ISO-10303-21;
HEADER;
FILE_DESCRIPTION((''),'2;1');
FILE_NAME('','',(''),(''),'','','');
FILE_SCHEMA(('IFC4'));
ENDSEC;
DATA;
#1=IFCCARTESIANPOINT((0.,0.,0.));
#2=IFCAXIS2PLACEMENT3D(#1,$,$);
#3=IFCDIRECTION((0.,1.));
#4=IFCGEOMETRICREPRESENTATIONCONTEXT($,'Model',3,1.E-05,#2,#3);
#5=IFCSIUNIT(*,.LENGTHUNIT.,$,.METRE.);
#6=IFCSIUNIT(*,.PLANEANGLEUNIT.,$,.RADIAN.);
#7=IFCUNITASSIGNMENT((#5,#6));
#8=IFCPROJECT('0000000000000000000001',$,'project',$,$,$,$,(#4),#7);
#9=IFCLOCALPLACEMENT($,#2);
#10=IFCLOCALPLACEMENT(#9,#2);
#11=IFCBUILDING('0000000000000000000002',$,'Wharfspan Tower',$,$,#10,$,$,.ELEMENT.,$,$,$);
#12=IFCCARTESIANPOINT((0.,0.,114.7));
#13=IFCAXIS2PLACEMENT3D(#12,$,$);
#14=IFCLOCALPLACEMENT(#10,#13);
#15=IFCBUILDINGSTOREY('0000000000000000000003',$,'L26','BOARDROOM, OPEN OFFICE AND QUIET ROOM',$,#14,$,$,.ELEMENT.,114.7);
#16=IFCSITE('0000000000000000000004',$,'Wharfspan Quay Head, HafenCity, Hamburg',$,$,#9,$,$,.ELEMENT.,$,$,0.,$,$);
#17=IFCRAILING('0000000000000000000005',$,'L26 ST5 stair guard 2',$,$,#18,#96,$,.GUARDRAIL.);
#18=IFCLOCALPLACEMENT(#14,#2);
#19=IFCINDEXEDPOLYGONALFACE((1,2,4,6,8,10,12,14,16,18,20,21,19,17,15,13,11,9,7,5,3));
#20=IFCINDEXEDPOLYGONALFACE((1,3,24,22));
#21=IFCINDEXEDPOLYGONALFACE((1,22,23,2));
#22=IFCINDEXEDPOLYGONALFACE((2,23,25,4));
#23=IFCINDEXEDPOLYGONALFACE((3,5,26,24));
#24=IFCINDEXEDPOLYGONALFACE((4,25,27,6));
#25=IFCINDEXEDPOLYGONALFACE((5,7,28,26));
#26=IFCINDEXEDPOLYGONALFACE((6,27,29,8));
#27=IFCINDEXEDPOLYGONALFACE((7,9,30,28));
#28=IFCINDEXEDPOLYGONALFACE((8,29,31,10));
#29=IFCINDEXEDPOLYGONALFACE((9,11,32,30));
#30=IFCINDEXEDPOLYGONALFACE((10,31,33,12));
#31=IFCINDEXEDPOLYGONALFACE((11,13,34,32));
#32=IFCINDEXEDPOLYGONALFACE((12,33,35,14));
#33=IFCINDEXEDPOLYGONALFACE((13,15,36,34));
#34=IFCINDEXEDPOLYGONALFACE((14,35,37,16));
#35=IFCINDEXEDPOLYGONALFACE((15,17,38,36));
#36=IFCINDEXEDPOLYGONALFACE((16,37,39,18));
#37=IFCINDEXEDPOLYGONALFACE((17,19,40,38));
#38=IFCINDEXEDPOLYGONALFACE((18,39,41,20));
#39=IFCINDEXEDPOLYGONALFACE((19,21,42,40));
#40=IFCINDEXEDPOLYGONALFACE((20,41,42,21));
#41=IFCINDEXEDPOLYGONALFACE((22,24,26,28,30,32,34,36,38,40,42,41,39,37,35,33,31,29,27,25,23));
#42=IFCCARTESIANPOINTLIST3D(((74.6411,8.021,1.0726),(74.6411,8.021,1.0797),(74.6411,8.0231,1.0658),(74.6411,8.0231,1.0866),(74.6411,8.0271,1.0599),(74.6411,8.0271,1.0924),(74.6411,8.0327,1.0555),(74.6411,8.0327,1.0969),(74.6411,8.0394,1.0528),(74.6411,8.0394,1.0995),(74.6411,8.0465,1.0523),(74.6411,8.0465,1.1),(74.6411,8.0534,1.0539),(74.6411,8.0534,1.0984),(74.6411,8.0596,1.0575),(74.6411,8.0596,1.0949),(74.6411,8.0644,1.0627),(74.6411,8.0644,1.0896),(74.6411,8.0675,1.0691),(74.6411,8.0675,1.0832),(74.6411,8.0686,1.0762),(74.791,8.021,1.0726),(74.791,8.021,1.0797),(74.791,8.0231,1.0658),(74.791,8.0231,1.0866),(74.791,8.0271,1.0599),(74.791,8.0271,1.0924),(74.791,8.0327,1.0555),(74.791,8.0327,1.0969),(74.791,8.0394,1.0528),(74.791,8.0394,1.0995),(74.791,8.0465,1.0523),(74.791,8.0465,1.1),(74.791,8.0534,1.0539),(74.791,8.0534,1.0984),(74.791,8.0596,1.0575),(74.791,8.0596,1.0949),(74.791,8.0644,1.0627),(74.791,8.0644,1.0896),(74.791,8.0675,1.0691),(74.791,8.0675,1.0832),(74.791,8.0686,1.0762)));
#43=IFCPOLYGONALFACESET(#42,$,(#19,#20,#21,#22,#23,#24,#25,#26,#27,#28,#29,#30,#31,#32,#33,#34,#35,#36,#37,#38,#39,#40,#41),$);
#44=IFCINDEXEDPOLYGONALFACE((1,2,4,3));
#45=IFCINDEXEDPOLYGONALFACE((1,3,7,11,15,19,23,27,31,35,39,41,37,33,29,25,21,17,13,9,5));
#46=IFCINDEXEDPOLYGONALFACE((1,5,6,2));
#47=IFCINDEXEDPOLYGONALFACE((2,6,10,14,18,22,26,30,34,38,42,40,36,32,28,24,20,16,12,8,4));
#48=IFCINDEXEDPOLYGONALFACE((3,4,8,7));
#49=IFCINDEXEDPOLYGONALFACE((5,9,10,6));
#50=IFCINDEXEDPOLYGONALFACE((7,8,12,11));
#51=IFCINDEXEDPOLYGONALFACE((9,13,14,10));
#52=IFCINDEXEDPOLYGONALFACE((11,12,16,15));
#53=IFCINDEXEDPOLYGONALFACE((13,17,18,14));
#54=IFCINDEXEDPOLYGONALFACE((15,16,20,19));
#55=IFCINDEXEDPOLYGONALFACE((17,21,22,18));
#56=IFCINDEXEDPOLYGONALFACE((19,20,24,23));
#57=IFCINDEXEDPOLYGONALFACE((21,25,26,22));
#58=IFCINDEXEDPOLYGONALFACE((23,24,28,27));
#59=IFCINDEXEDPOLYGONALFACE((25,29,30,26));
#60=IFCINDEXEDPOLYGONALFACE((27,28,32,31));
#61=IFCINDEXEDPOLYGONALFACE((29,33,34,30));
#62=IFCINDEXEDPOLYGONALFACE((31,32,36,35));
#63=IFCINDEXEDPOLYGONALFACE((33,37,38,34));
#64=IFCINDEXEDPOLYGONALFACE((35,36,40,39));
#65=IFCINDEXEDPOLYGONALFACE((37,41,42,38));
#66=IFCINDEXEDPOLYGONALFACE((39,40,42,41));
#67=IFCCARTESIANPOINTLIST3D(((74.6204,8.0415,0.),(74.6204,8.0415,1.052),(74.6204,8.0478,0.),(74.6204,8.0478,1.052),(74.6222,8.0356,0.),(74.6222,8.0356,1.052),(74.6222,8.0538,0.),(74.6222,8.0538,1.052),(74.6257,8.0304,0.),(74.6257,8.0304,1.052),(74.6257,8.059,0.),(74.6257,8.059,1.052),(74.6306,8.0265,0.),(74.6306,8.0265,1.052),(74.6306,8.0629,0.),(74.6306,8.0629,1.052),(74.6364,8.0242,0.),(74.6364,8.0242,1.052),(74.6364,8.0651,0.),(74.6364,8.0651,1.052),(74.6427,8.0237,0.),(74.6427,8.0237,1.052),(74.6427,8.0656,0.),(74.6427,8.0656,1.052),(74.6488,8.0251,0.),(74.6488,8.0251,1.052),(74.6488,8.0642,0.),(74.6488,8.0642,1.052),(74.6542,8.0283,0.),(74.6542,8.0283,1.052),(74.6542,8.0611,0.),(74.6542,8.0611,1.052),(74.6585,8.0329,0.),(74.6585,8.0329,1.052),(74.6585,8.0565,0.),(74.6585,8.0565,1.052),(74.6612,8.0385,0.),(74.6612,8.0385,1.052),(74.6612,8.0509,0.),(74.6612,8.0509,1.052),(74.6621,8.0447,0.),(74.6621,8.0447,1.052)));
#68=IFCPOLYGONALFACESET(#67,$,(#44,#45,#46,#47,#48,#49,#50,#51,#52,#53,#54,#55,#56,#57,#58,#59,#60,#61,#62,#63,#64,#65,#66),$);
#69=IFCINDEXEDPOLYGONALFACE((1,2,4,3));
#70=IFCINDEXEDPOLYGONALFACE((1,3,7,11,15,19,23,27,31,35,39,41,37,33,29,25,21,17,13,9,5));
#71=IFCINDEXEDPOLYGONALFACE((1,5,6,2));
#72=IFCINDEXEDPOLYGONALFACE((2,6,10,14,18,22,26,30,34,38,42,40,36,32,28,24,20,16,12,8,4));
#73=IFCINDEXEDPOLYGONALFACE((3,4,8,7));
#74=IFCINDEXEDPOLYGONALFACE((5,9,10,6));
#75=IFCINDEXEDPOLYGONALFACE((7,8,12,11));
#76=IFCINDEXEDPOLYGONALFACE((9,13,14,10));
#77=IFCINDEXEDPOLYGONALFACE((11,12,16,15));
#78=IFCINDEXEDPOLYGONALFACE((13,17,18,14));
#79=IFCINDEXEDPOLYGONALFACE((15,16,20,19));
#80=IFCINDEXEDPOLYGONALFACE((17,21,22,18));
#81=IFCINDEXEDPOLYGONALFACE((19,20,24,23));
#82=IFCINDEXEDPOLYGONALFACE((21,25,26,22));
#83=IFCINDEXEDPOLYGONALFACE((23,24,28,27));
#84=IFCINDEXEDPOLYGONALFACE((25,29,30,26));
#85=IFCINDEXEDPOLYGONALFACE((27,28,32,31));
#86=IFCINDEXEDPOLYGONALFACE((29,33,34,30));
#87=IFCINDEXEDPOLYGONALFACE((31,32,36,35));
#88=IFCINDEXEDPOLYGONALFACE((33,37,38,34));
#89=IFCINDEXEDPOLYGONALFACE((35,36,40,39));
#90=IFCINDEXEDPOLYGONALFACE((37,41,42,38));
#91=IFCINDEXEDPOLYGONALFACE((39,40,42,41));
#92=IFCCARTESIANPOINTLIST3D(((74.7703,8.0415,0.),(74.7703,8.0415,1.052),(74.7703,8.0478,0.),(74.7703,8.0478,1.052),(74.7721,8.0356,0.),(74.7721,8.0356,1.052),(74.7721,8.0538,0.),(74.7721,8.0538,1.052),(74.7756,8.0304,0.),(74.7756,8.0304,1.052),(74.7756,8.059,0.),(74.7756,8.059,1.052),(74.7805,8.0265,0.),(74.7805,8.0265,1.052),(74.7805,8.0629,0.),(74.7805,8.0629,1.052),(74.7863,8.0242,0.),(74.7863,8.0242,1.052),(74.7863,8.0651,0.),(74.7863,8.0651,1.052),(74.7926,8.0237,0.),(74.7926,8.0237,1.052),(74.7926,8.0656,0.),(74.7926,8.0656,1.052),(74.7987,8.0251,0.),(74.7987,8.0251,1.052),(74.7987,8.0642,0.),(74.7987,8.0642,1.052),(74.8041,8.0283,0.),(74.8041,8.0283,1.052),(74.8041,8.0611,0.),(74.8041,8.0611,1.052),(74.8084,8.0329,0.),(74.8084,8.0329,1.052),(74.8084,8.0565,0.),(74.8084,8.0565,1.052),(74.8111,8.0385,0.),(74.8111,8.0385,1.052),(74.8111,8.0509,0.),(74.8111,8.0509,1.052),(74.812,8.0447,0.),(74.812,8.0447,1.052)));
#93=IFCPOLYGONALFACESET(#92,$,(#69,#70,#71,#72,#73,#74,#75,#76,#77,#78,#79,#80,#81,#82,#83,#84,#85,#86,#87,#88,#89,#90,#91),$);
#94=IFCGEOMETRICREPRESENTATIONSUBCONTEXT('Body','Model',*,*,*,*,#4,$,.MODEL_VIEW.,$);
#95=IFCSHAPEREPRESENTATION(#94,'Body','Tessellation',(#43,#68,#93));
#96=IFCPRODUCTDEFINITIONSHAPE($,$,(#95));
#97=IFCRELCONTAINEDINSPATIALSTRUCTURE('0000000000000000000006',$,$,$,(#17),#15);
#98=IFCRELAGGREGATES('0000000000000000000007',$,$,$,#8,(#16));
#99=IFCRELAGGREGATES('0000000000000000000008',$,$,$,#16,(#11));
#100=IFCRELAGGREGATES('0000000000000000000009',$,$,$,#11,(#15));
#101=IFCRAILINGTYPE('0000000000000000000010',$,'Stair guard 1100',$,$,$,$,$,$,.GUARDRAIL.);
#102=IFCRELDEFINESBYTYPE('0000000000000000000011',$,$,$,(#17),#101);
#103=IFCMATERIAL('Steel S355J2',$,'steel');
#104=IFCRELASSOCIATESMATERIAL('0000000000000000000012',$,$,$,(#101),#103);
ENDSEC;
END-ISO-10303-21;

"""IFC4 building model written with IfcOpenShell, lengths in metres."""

from ifc_helpers import new_model, si_unit, direction, frame, origin, origin_2d, place, context, subcontext, project, spatial, circle, extrude, material, type_object, element, save


model = new_model("IFC4")

# Units and contexts
model_context = context("Model", 3, precision=1e-05, world=origin(), true_north=direction((0.0, 1.0)))
body_context = subcontext(model_context, "Body", "Model", "MODEL_VIEW")
ifc_project = project(units=[si_unit("LENGTHUNIT", "METRE"), si_unit("PLANEANGLEUNIT", "RADIAN")], contexts=[model_context])

# Site, building, storey
site_placement = place(None, origin())
site = spatial("IfcSite", under=ifc_project, at=site_placement, Name="Wharfspan Quay Head, HafenCity, Hamburg", CompositionType="ELEMENT", RefElevation=0.0)
building_placement = place(site_placement, origin())
building = spatial("IfcBuilding", under=site, at=building_placement, Name="Wharfspan Tower", CompositionType="ELEMENT")
storey_placement = place(building_placement, frame((0.0, 0.0, 114.7)))
storey = spatial("IfcBuildingStorey", under=building, at=storey_placement, Name="L26", Description="BOARDROOM, OPEN OFFICE AND QUIET ROOM", CompositionType="ELEMENT", Elevation=114.7)

# Shared definitions
ifc_material_1 = material(Name="Steel S355J2", Category="steel")

# Railing
railing_type_1 = type_object("IfcRailingType", Name="Stair guard 1100", PredefinedType="GUARDRAIL", material=ifc_material_1)
railing_1_placement = place(storey_placement, frame((74.6411, 8.0447, 0.0)))
element("IfcRailing", 1, at=railing_1_placement, inside=storey, type_object=railing_type_1, Name="L26 ST5 stair guard 2", PredefinedType="GUARDRAIL", context=body_context, shape_type="SweptSolid", body=[
    extrude(circle(Radius=0.0239, at=origin_2d()), frame((0.0, 0.0, 1.0762), z_axis=(1.0, 0.0, 0.0), x_axis=(0.0, 1.0, 0.0)), (0.0, 0.0, 1.0), 0.1499),
    extrude(circle(Radius=0.021, at=origin_2d()), origin(), (0.0, 0.0, 1.0), 1.052),
    extrude(circle(Radius=0.021, at=origin_2d()), frame((0.1499, 0.0, 0.0)), (0.0, 0.0, 1.0), 1.052),
])

save(model, "model.ifc")
